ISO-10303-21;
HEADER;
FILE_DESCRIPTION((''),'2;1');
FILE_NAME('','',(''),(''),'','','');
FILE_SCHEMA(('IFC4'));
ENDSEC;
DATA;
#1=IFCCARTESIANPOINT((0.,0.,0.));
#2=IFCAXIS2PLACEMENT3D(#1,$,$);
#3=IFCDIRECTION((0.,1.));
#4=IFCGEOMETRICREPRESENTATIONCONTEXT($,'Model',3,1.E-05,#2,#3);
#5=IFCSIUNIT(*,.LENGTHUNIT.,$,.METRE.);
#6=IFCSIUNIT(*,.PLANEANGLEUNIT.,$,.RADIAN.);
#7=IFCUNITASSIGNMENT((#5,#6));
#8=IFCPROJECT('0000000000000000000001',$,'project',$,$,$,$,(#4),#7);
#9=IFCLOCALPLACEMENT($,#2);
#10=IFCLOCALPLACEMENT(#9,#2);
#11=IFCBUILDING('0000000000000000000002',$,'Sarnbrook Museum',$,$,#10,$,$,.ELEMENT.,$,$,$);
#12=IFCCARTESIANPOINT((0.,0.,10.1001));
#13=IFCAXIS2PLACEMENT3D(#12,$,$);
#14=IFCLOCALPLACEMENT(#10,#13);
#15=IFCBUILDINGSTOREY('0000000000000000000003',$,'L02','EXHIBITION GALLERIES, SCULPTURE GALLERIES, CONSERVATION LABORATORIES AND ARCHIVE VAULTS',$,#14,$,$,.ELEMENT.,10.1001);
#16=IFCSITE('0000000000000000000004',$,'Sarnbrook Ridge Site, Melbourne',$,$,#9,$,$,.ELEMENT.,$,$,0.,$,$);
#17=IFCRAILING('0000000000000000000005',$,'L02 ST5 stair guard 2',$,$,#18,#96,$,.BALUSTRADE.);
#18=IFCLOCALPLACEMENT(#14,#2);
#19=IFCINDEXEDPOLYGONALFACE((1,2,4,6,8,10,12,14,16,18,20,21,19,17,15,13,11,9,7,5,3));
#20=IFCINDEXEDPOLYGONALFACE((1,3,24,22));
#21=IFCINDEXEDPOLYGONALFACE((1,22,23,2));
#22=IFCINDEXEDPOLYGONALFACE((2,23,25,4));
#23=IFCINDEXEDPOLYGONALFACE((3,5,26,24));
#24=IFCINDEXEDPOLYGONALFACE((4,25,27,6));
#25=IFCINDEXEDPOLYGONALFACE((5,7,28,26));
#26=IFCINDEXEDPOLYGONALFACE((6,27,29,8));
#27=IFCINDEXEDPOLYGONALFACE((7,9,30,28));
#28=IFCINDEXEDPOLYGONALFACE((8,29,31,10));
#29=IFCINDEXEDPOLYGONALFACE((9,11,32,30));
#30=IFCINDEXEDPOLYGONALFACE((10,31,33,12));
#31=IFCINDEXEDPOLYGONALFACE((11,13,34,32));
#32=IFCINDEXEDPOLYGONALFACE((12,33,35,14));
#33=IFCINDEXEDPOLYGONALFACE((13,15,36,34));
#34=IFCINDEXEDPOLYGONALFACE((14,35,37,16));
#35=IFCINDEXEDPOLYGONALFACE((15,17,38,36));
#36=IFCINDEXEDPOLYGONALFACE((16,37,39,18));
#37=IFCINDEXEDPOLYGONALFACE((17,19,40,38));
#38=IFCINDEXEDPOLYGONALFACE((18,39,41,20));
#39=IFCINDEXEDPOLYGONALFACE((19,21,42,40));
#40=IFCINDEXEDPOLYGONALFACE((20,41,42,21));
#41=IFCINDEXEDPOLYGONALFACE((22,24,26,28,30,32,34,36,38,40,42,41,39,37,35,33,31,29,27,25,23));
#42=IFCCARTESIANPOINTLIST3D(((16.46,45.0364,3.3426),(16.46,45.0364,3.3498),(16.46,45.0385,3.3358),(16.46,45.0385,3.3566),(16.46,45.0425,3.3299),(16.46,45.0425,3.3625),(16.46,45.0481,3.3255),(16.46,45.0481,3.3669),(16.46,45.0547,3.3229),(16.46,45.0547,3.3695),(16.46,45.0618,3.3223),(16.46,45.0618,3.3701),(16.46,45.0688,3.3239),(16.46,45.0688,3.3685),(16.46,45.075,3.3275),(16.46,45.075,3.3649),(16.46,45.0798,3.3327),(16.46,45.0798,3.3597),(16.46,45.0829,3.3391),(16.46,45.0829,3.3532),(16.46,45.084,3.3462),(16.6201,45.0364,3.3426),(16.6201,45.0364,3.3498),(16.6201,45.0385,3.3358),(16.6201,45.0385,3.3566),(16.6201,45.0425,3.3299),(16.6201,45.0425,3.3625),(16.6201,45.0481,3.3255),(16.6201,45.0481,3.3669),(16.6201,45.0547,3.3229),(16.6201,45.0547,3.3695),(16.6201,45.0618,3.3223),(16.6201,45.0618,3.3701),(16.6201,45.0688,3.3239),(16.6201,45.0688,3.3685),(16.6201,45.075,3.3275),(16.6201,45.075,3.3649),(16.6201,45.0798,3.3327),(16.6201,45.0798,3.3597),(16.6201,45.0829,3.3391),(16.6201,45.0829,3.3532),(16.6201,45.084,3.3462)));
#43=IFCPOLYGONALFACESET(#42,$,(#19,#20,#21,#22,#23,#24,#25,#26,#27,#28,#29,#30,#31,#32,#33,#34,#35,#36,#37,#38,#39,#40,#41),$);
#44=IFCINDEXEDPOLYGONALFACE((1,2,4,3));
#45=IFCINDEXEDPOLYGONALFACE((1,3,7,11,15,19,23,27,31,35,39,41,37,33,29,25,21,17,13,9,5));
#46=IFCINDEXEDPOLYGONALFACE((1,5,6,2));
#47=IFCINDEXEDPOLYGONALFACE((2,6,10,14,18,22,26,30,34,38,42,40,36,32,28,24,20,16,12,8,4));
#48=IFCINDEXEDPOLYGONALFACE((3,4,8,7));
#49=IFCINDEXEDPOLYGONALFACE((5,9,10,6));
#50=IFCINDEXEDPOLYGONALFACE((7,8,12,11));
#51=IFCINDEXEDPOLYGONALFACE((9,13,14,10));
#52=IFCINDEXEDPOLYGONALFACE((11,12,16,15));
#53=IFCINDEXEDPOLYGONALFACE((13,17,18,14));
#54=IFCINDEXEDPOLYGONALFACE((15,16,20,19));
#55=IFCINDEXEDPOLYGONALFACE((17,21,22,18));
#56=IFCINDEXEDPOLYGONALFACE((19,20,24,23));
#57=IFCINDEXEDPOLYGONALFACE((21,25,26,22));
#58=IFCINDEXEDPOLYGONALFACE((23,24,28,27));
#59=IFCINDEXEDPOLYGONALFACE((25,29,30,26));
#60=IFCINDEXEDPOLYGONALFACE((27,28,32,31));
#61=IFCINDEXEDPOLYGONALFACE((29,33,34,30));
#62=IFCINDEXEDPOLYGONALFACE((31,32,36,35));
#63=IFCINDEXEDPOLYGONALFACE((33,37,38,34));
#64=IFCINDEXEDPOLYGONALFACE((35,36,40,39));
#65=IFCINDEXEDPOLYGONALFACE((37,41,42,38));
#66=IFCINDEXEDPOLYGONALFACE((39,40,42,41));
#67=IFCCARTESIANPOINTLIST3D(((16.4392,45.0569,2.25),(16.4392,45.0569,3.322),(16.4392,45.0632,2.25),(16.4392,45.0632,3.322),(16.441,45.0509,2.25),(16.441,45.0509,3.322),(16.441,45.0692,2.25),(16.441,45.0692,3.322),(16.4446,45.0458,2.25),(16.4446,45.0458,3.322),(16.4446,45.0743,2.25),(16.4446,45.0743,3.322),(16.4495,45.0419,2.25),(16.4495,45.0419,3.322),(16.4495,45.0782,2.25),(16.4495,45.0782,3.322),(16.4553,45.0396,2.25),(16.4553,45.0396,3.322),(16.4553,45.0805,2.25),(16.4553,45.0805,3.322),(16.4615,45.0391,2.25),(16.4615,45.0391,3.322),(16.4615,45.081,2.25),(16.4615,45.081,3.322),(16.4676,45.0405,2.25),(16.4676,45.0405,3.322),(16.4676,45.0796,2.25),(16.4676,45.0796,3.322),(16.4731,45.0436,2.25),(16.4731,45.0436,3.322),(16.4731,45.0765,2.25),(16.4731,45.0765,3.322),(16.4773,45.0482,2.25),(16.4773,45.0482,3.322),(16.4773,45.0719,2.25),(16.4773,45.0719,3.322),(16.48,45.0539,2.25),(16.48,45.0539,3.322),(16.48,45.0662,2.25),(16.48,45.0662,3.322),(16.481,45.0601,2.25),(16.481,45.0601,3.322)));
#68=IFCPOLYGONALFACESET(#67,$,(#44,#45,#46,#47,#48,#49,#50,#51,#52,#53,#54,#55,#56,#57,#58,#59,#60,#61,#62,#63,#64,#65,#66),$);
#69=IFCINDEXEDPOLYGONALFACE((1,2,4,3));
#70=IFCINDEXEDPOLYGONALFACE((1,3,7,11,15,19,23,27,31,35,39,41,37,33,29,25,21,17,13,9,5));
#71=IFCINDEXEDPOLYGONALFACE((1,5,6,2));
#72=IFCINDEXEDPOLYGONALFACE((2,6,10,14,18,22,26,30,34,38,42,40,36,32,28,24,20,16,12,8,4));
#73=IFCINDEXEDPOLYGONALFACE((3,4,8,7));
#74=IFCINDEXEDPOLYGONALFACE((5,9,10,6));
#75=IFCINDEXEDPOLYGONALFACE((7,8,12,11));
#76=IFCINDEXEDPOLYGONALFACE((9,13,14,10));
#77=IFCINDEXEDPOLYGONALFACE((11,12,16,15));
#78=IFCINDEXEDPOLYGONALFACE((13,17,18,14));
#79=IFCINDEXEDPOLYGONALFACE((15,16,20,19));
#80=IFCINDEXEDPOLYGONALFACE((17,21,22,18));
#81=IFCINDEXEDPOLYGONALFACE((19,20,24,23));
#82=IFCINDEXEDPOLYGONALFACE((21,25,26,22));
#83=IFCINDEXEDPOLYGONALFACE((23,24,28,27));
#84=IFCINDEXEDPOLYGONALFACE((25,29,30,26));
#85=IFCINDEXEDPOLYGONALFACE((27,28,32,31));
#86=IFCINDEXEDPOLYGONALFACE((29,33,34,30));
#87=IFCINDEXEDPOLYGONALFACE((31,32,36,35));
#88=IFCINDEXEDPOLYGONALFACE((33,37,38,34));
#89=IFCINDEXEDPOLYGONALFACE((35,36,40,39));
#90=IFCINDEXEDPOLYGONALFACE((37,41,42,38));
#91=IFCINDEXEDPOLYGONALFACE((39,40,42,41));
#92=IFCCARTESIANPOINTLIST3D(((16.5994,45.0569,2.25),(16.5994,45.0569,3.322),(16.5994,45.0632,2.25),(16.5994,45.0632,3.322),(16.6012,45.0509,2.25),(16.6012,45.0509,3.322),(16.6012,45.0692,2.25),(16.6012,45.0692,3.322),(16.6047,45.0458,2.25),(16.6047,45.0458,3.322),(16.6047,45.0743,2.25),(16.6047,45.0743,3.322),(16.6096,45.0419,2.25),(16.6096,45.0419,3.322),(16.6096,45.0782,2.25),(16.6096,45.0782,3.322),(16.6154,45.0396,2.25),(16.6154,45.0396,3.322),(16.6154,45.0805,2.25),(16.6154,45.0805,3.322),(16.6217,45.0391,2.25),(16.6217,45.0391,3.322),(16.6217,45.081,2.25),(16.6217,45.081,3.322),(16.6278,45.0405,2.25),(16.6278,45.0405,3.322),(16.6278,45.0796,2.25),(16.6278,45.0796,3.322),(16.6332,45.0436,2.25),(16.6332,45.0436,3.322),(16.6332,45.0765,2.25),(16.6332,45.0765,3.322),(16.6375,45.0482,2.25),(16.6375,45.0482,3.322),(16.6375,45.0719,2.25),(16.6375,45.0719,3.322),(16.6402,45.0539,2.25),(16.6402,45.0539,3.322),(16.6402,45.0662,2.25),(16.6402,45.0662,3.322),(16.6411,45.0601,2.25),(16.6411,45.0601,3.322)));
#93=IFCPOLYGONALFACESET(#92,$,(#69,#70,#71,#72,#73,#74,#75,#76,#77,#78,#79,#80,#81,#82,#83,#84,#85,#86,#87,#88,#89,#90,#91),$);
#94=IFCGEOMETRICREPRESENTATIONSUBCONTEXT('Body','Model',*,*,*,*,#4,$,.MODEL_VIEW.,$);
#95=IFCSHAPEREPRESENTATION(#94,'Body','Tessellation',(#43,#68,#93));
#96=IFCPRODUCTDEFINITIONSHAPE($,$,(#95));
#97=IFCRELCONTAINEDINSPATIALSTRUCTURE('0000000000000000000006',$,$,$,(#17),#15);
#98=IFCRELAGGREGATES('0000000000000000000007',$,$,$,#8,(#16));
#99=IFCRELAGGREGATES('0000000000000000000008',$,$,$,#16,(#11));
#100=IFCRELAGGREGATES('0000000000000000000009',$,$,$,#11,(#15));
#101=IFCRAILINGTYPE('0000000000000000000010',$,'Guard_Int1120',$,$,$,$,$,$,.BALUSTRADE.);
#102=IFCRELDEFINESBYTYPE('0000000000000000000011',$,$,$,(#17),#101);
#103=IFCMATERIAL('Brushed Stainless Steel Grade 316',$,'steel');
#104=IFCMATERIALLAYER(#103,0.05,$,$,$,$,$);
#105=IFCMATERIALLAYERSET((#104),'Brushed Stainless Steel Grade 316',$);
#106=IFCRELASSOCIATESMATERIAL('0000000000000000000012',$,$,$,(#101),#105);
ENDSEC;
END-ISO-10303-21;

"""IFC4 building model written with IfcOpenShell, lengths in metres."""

from ifc_helpers import new_model, si_unit, direction, frame, origin, origin_2d, place, context, subcontext, project, spatial, circle, extrude, material, layer, layer_set, type_object, element, save


model = new_model("IFC4")

# Units and contexts
model_context = context("Model", 3, precision=1e-05, world=origin(), true_north=direction((0.0, 1.0)))
body_context = subcontext(model_context, "Body", "Model", "MODEL_VIEW")
ifc_project = project(units=[si_unit("LENGTHUNIT", "METRE"), si_unit("PLANEANGLEUNIT", "RADIAN")], contexts=[model_context])

# Site, building, storey
site_placement = place(None, origin())
site = spatial("IfcSite", under=ifc_project, at=site_placement, Name="Sarnbrook Ridge Site, Melbourne", CompositionType="ELEMENT", RefElevation=0.0)
building_placement = place(site_placement, origin())
building = spatial("IfcBuilding", under=site, at=building_placement, Name="Sarnbrook Museum", CompositionType="ELEMENT")
storey_placement = place(building_placement, frame((0.0, 0.0, 10.1001)))
storey = spatial("IfcBuildingStorey", under=building, at=storey_placement, Name="L02", Description="EXHIBITION GALLERIES, SCULPTURE GALLERIES, CONSERVATION LABORATORIES AND ARCHIVE VAULTS", CompositionType="ELEMENT", Elevation=10.1001)

# Railing
ifc_material_1 = material(Name="Brushed Stainless Steel Grade 316", Category="steel")
ifc_layer_1 = layer(ifc_material_1, 0.05)
ifc_layer_set_1 = layer_set([ifc_layer_1], Name="Brushed Stainless Steel Grade 316")
railing_type_1 = type_object("IfcRailingType", Name="Guard_Int1120", PredefinedType="BALUSTRADE", material=ifc_layer_set_1)
railing_1_placement = place(storey_placement, frame((16.46, 45.0601, 2.25)))
element("IfcRailing", 1, at=railing_1_placement, inside=storey, type_object=railing_type_1, Name="L02 ST5 stair guard 2", PredefinedType="BALUSTRADE", context=body_context, shape_type="SweptSolid", body=[
    extrude(circle(Radius=0.0239, at=origin_2d()), frame((0.0, 0.0, 1.0962), z_axis=(1.0, 0.0, 0.0), x_axis=(0.0, 1.0, 0.0)), (0.0, 0.0, 1.0), 0.1602),
    extrude(circle(Radius=0.021, at=origin_2d()), origin(), (0.0, 0.0, 1.0), 1.072),
    extrude(circle(Radius=0.021, at=origin_2d()), frame((0.1602, 0.0, 0.0)), (0.0, 0.0, 1.0), 1.072),
])

save(model, "model.ifc")
